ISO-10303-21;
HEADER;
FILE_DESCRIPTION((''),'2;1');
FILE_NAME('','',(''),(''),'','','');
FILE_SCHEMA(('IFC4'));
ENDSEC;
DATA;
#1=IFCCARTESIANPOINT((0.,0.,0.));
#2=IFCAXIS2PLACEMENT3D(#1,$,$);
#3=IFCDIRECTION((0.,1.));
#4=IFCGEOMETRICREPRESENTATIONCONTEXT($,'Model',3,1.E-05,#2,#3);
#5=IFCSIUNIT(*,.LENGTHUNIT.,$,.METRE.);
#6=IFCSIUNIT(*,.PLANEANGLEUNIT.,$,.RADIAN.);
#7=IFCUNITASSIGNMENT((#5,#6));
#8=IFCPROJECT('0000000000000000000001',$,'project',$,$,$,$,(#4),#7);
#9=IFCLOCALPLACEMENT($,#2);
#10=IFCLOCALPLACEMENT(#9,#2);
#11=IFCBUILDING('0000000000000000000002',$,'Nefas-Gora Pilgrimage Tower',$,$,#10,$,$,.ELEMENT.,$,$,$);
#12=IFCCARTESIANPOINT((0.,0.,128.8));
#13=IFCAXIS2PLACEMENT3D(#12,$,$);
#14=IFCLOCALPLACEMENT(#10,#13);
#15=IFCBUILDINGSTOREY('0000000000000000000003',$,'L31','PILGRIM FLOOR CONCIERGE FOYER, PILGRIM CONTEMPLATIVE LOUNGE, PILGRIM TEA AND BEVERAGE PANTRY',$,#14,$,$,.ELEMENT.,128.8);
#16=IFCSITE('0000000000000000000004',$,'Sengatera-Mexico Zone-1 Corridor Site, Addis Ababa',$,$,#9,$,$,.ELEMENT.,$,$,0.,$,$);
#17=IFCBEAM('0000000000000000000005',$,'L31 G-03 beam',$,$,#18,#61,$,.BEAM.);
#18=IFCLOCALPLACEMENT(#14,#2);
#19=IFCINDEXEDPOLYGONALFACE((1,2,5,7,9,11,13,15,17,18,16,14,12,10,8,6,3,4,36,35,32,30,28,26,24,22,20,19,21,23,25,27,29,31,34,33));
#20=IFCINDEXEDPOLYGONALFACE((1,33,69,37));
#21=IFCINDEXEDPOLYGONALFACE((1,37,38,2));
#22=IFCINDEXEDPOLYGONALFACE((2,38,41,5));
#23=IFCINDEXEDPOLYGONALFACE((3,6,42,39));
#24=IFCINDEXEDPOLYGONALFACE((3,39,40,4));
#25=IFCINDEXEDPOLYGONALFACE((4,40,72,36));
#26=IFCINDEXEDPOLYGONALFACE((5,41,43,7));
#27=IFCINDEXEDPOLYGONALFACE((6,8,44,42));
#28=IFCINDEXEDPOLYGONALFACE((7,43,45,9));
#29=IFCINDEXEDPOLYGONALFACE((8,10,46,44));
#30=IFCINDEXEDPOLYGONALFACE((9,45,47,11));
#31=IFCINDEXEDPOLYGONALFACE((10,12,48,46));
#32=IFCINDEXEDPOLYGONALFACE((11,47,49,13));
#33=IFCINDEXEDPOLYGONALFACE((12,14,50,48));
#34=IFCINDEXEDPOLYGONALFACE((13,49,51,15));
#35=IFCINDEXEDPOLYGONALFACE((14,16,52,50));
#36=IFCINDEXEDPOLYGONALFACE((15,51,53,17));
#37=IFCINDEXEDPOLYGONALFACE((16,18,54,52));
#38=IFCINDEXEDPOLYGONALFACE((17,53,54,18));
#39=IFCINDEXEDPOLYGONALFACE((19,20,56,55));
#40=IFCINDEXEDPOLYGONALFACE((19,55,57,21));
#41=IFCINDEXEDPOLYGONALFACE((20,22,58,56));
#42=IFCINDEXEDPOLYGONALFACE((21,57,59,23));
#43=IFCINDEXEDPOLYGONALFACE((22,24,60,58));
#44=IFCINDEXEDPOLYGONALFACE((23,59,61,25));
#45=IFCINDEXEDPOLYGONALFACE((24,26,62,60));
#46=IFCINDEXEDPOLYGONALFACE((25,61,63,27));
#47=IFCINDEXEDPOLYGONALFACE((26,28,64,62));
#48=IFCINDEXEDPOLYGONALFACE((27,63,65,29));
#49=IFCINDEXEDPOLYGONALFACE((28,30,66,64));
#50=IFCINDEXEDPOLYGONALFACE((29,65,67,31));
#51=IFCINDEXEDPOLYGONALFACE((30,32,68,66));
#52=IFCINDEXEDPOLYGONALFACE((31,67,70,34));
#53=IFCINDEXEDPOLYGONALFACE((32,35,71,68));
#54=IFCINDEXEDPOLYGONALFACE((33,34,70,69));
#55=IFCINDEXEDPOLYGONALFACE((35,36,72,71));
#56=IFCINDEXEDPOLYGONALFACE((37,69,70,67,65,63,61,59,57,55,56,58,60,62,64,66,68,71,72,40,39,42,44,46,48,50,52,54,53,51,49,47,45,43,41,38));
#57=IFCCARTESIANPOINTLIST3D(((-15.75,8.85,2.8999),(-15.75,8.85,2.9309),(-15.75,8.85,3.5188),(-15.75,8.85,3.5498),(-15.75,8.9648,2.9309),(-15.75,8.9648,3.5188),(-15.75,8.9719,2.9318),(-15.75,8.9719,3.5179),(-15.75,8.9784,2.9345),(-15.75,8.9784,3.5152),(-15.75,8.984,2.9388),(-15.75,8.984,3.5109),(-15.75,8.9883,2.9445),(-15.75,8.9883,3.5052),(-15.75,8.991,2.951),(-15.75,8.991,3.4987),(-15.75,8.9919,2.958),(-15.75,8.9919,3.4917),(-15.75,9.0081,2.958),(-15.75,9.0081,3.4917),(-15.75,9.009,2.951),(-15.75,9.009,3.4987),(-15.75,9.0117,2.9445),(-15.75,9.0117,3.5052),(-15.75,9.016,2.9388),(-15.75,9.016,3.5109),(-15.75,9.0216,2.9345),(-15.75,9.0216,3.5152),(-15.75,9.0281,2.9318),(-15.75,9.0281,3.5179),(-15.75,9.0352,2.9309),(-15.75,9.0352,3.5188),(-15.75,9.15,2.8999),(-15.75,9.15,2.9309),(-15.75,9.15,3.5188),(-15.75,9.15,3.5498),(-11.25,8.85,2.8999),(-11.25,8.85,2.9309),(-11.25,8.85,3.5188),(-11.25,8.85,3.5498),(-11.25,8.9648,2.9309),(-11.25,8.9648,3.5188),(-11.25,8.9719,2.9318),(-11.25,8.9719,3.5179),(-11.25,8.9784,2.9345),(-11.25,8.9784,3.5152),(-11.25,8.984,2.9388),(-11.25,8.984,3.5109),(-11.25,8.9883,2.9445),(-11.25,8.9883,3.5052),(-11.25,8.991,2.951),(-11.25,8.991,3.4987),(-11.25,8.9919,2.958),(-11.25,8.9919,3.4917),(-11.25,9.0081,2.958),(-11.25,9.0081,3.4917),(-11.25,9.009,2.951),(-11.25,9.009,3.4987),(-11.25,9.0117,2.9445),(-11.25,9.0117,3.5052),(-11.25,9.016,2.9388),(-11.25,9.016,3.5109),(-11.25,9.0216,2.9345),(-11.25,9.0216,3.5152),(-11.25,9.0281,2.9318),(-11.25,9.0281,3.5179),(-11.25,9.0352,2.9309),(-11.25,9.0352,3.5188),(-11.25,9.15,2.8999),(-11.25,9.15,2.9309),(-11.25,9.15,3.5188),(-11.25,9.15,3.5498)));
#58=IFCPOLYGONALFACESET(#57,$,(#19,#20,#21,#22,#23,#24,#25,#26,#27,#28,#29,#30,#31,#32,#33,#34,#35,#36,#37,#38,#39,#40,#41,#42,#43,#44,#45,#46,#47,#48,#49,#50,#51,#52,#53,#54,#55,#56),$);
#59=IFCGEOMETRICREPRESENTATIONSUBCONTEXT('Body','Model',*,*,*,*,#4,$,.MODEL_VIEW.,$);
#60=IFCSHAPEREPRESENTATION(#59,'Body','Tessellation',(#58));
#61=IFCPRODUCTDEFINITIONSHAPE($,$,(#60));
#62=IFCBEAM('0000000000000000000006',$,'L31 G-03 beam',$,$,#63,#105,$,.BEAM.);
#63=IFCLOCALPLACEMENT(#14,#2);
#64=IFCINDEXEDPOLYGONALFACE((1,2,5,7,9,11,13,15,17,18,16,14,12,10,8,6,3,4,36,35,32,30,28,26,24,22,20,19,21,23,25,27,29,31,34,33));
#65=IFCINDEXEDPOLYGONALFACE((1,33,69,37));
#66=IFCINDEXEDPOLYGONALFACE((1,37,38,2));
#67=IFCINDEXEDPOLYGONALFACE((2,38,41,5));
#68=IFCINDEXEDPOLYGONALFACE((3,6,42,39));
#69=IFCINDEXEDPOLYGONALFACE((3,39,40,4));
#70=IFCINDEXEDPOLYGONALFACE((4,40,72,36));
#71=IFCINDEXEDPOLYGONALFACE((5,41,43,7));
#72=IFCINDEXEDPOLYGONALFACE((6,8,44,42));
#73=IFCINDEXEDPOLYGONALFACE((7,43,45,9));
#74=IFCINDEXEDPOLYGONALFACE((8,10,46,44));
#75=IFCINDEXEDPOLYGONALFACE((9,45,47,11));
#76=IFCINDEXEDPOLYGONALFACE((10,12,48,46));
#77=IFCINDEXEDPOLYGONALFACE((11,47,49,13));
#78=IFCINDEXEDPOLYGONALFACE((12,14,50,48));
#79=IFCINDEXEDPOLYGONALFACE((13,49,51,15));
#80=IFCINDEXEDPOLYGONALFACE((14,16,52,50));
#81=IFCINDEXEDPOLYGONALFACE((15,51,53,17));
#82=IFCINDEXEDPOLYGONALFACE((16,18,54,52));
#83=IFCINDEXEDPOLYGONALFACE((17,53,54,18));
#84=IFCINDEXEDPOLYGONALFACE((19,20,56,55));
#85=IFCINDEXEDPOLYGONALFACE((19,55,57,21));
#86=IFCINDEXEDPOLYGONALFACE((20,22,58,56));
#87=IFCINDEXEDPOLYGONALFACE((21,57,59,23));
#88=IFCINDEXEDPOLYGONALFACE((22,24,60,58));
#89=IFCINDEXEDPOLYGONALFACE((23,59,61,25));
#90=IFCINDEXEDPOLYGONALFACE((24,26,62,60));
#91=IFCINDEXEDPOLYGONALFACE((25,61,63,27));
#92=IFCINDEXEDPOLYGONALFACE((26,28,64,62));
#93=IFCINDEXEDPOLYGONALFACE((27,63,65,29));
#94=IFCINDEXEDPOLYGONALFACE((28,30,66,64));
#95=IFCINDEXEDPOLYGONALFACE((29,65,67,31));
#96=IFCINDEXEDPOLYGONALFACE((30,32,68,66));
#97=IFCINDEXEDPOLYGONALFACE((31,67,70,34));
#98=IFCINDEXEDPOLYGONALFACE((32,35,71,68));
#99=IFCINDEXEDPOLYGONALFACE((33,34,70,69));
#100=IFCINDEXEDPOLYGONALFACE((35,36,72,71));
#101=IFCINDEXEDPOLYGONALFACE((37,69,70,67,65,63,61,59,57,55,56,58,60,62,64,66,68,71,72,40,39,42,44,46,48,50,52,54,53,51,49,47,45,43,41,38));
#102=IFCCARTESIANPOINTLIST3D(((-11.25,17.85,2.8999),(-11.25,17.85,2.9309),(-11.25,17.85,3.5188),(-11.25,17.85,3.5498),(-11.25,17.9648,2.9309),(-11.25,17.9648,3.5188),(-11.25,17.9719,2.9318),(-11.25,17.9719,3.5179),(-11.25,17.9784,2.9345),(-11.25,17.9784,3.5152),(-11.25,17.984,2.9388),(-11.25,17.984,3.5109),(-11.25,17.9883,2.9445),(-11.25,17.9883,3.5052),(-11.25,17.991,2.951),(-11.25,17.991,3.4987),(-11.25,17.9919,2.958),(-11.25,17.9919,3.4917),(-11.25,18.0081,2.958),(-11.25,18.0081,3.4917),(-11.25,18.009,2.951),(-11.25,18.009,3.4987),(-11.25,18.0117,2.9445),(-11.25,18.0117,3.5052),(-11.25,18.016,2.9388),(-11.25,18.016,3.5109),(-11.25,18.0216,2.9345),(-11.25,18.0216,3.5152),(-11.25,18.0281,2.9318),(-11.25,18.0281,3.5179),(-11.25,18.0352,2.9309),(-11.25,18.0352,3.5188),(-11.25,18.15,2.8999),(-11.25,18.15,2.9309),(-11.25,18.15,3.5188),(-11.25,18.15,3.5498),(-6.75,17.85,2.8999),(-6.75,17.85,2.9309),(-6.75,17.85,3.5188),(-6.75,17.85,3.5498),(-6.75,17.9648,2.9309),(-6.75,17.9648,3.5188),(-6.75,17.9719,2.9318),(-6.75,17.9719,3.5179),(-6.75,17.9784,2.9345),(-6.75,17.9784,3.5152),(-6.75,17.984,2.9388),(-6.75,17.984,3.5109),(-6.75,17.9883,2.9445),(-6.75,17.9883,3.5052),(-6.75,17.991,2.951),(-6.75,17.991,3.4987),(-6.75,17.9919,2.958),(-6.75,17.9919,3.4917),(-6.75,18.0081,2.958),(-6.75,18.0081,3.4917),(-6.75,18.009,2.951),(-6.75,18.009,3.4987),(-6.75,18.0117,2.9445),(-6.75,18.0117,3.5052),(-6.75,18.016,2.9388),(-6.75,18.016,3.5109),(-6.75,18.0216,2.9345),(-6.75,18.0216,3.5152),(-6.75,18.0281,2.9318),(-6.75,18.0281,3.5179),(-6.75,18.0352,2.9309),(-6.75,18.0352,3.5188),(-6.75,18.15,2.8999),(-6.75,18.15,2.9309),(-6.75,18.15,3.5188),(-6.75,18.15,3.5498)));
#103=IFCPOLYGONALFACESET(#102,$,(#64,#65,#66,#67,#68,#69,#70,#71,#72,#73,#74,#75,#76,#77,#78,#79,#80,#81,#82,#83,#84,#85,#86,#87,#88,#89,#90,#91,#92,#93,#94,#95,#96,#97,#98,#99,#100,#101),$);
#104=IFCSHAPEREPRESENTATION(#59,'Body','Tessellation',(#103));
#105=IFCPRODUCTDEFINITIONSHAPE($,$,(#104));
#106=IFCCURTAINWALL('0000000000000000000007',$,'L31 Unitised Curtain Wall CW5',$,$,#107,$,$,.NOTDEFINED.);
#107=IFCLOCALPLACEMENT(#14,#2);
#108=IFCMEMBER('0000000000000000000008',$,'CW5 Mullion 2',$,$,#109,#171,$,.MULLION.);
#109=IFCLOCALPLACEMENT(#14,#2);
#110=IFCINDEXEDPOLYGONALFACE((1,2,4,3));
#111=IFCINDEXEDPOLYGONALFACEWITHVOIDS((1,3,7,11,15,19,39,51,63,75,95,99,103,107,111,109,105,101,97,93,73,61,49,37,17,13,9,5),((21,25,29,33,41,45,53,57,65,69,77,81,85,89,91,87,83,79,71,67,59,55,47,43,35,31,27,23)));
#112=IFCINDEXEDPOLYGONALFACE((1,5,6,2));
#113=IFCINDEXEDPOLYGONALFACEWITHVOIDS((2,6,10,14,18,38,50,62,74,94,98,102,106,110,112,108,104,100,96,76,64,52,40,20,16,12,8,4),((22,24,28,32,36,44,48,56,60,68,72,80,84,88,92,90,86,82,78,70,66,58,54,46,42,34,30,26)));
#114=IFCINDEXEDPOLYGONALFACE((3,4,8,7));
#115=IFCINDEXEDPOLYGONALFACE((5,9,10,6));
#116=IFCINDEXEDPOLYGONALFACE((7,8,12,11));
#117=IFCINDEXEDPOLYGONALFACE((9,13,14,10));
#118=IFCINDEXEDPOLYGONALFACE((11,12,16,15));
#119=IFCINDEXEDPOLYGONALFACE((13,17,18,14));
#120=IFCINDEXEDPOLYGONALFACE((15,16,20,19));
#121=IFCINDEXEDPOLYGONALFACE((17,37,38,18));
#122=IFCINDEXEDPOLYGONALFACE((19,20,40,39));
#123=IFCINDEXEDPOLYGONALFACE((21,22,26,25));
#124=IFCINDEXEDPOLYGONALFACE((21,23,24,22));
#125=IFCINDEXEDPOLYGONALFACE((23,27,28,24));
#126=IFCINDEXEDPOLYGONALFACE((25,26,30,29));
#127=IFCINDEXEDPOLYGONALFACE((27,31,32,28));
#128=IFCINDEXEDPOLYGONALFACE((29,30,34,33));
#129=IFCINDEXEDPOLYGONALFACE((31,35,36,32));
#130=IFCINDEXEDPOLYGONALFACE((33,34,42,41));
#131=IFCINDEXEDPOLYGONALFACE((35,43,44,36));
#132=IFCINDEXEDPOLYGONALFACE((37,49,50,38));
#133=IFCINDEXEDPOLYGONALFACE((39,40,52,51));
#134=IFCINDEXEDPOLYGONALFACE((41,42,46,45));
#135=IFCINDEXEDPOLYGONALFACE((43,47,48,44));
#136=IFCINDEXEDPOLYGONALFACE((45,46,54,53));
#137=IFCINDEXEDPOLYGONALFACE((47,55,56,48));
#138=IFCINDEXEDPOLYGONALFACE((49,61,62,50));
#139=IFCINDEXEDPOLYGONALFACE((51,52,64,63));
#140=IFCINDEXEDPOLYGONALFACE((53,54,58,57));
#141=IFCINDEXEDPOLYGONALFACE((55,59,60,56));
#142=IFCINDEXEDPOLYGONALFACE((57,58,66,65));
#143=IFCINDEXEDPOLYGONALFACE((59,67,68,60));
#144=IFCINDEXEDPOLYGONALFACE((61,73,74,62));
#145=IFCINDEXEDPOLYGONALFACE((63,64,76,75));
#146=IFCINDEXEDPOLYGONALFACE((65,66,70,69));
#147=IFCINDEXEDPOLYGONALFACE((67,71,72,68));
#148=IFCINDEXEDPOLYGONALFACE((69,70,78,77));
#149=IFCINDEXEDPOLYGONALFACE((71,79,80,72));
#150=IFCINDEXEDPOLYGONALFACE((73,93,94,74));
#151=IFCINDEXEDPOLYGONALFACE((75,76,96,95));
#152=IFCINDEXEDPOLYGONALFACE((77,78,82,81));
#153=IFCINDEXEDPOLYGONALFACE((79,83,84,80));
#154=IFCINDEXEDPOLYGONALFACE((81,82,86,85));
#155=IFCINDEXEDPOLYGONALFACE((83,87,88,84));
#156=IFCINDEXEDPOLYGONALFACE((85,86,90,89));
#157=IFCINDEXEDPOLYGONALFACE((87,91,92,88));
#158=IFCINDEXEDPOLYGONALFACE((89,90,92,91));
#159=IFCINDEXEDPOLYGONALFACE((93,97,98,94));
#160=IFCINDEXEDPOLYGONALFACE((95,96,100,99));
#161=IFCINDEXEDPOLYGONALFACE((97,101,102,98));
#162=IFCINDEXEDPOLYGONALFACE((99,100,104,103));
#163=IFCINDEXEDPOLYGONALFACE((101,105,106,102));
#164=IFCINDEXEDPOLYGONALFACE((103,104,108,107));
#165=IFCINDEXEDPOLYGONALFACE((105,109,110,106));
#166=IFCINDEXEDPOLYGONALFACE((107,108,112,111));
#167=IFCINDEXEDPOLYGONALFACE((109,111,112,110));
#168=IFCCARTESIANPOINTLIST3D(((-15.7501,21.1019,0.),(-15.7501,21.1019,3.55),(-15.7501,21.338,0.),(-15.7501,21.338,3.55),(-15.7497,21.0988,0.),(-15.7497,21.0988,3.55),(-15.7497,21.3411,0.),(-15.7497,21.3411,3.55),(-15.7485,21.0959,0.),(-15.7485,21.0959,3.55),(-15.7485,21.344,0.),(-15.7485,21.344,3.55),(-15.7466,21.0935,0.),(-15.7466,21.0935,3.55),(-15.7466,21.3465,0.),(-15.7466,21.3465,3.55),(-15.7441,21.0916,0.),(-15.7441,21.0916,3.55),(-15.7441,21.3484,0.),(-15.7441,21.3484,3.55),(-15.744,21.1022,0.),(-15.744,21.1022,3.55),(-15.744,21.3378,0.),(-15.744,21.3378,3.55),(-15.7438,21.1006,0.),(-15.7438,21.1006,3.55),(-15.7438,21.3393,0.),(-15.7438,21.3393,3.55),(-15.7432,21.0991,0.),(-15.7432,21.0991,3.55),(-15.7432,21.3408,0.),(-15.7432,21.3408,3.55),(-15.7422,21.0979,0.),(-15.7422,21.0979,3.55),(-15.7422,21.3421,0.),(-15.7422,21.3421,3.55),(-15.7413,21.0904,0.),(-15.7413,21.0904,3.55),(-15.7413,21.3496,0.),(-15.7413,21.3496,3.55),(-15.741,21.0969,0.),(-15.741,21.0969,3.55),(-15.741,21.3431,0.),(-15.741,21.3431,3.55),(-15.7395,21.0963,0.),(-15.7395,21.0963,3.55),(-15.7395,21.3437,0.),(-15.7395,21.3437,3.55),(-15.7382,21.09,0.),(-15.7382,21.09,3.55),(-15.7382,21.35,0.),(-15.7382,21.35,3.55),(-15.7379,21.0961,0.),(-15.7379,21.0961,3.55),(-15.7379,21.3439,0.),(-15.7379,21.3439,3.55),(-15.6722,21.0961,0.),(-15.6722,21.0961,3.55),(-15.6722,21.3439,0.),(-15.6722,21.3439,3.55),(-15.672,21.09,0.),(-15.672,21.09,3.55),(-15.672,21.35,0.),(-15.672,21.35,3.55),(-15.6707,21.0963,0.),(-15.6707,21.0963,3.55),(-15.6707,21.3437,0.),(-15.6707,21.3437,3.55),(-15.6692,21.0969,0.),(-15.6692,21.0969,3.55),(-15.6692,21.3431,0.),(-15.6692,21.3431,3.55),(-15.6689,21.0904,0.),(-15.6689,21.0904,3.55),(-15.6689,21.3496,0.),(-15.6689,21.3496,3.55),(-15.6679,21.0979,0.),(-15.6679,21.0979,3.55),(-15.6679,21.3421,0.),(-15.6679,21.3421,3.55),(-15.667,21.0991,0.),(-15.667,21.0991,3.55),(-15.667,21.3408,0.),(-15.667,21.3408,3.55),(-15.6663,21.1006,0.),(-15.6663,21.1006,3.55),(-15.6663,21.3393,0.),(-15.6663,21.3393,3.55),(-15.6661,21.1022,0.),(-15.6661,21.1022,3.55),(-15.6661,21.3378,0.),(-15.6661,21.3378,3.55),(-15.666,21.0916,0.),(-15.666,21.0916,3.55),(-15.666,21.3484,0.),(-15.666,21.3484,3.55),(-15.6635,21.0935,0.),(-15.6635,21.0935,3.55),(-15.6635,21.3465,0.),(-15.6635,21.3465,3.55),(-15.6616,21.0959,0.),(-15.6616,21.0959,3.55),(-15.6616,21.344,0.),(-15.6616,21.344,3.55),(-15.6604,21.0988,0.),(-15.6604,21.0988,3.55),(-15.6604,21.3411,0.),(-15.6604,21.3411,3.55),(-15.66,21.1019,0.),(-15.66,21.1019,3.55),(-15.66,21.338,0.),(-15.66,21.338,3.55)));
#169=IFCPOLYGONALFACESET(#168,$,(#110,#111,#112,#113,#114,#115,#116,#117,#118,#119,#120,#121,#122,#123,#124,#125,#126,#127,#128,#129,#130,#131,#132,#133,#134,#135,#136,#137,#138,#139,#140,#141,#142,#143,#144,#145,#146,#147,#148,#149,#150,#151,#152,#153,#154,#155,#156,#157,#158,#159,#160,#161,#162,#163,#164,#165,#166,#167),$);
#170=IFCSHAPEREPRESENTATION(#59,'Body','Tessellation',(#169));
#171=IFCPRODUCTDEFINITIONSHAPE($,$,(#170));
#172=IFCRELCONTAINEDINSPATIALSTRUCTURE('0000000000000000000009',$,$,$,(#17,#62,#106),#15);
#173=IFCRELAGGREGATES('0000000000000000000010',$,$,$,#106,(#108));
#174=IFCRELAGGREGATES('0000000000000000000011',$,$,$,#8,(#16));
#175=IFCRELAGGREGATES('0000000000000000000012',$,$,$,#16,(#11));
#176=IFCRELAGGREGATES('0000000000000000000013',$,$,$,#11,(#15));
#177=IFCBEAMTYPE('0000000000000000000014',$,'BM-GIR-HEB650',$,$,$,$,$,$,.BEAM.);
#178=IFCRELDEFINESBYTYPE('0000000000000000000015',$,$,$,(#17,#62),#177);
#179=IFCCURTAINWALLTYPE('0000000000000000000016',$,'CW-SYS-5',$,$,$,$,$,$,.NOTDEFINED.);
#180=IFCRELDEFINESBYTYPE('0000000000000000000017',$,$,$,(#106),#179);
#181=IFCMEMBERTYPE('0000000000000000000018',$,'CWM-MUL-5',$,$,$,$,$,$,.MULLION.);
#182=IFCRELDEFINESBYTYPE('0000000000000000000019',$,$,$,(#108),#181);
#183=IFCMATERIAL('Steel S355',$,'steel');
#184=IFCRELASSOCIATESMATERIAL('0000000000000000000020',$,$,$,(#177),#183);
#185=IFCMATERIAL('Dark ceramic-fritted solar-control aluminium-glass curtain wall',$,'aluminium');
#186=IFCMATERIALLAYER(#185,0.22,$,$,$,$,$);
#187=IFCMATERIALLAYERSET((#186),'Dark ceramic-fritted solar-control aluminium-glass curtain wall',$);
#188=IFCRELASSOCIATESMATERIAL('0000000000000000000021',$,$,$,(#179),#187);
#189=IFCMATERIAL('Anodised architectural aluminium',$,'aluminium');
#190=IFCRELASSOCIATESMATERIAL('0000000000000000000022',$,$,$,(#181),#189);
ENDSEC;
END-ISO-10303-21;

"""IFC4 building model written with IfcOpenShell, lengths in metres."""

from ifc_helpers import new_model, si_unit, direction, frame, origin, origin_2d, place, context, subcontext, project, spatial, hollow_rectangle, i_section, extrude, source, transform, mapped, material, layer, layer_set, material_profile, profile_set, type_object, element, aggregate, save


model = new_model("IFC4")

# Units and contexts
model_context = context("Model", 3, precision=1e-05, world=origin(), true_north=direction((0.0, 1.0)))
body_context = subcontext(model_context, "Body", "Model", "MODEL_VIEW")
ifc_project = project(units=[si_unit("LENGTHUNIT", "METRE"), si_unit("PLANEANGLEUNIT", "RADIAN")], contexts=[model_context])

# Site, building, storey
site_placement = place(None, origin())
site = spatial("IfcSite", under=ifc_project, at=site_placement, Name="Sengatera-Mexico Zone-1 Corridor Site, Addis Ababa", CompositionType="ELEMENT", RefElevation=0.0)
building_placement = place(site_placement, origin())
building = spatial("IfcBuilding", under=site, at=building_placement, Name="Nefas-Gora Pilgrimage Tower", CompositionType="ELEMENT")
storey_placement = place(building_placement, frame((0.0, 0.0, 128.8)))
storey = spatial("IfcBuildingStorey", under=building, at=storey_placement, Name="L31", Description="PILGRIM FLOOR CONCIERGE FOYER, PILGRIM CONTEMPLATIVE LOUNGE, PILGRIM TEA AND BEVERAGE PANTRY", CompositionType="ELEMENT", Elevation=128.8)

# Beams
ifc_material_1 = material(Name="Steel S355", Category="steel")
ifc_material_profile_1 = material_profile(ifc_material_1, i_section(OverallWidth=0.3, OverallDepth=0.6499, WebThickness=0.0161, FlangeThickness=0.031, FilletRadius=0.0271, at=origin_2d()), Name="HEB 650")
ifc_profile_set_1 = profile_set([ifc_material_profile_1], Name="Steel S355")
beam_type = type_object("IfcBeamType", Name="BM-GIR-HEB650", PredefinedType="BEAM", material=ifc_profile_set_1)
shared_shape_1 = source(origin(), body_context, "Body", "SweptSolid", [
    extrude(i_section(OverallWidth=0.3, OverallDepth=0.6499, WebThickness=0.0161, FlangeThickness=0.031, FilletRadius=0.0271, at=origin_2d()), origin(), (0.0, 0.0, 1.0), 4.5),
])
for number, where, z_axis, x_axis, name in (
    (1, (-15.75, 9.0, 3.2249), (1.0, 0.0, 0.0), (0.0, 1.0, 0.0), "L31 G-03 beam"),
    (2, (-11.25, 18.0, 3.2249), (1.0, 0.0, 0.0), (0.0, 1.0, 0.0), "L31 G-03 beam"),
):
    element("IfcBeam", number, at=place(storey_placement, frame(where, z_axis=z_axis, x_axis=x_axis)), inside=storey, type_object=beam_type, Name=name, PredefinedType="BEAM", context=body_context, shape_type="MappedRepresentation", body=[
        mapped(shared_shape_1, transform((0.0, 0.0, 0.0), x_axis=(1.0, 0.0, 0.0), y_axis=(0.0, 1.0, 0.0), z_axis=(0.0, 0.0, 1.0), scale=1.0)),
    ])

# Curtain wall, member
ifc_material_2 = material(Name="Dark ceramic-fritted solar-control aluminium-glass curtain wall", Category="aluminium")
ifc_layer_1 = layer(ifc_material_2, 0.22)
ifc_layer_set_1 = layer_set([ifc_layer_1], Name="Dark ceramic-fritted solar-control aluminium-glass curtain wall")
curtain_wall_type_1 = type_object("IfcCurtainWallType", Name="CW-SYS-5", PredefinedType="NOTDEFINED", material=ifc_layer_set_1)
curtain_wall_1_placement = place(storey_placement, origin())
curtain_wall_1 = element("IfcCurtainWall", 3, at=curtain_wall_1_placement, inside=storey, type_object=curtain_wall_type_1, Name="L31 Unitised Curtain Wall CW5", PredefinedType="NOTDEFINED")
ifc_material_3 = material(Name="Anodised architectural aluminium", Category="aluminium")
ifc_material_profile_2 = material_profile(ifc_material_3, hollow_rectangle(XDim=0.0901, YDim=0.26, WallThickness=0.0061, InnerFilletRadius=0.0061, OuterFilletRadius=0.012, at=origin_2d()), Name="ALU MULLION 90x260")
ifc_profile_set_2 = profile_set([ifc_material_profile_2], Name="Anodised architectural aluminium")
member_type_1 = type_object("IfcMemberType", Name="CWM-MUL-5", PredefinedType="MULLION", material=ifc_profile_set_2)
shared_shape_2 = source(origin(), body_context, "Body", "SweptSolid", [
    extrude(hollow_rectangle(XDim=0.0901, YDim=0.26, WallThickness=0.0061, InnerFilletRadius=0.0061, OuterFilletRadius=0.012, at=origin_2d()), origin(), (0.0, 0.0, 1.0), 3.55),
])
member_1_placement = place(storey_placement, frame((-15.7051, 21.22, 0.0), z_axis=(0.0, 0.0, 1.0), x_axis=(-1.0, 0.0, 0.0)))
member_1 = element("IfcMember", 4, at=member_1_placement, type_object=member_type_1, Name="CW5 Mullion 2", PredefinedType="MULLION", context=body_context, shape_type="MappedRepresentation", body=[
    mapped(shared_shape_2, transform((0.0, 0.0, 0.0), x_axis=(1.0, 0.0, 0.0), y_axis=(0.0, 1.0, 0.0), z_axis=(0.0, 0.0, 1.0), scale=1.0)),
])

aggregate(curtain_wall_1, [member_1])

save(model, "model.ifc")
